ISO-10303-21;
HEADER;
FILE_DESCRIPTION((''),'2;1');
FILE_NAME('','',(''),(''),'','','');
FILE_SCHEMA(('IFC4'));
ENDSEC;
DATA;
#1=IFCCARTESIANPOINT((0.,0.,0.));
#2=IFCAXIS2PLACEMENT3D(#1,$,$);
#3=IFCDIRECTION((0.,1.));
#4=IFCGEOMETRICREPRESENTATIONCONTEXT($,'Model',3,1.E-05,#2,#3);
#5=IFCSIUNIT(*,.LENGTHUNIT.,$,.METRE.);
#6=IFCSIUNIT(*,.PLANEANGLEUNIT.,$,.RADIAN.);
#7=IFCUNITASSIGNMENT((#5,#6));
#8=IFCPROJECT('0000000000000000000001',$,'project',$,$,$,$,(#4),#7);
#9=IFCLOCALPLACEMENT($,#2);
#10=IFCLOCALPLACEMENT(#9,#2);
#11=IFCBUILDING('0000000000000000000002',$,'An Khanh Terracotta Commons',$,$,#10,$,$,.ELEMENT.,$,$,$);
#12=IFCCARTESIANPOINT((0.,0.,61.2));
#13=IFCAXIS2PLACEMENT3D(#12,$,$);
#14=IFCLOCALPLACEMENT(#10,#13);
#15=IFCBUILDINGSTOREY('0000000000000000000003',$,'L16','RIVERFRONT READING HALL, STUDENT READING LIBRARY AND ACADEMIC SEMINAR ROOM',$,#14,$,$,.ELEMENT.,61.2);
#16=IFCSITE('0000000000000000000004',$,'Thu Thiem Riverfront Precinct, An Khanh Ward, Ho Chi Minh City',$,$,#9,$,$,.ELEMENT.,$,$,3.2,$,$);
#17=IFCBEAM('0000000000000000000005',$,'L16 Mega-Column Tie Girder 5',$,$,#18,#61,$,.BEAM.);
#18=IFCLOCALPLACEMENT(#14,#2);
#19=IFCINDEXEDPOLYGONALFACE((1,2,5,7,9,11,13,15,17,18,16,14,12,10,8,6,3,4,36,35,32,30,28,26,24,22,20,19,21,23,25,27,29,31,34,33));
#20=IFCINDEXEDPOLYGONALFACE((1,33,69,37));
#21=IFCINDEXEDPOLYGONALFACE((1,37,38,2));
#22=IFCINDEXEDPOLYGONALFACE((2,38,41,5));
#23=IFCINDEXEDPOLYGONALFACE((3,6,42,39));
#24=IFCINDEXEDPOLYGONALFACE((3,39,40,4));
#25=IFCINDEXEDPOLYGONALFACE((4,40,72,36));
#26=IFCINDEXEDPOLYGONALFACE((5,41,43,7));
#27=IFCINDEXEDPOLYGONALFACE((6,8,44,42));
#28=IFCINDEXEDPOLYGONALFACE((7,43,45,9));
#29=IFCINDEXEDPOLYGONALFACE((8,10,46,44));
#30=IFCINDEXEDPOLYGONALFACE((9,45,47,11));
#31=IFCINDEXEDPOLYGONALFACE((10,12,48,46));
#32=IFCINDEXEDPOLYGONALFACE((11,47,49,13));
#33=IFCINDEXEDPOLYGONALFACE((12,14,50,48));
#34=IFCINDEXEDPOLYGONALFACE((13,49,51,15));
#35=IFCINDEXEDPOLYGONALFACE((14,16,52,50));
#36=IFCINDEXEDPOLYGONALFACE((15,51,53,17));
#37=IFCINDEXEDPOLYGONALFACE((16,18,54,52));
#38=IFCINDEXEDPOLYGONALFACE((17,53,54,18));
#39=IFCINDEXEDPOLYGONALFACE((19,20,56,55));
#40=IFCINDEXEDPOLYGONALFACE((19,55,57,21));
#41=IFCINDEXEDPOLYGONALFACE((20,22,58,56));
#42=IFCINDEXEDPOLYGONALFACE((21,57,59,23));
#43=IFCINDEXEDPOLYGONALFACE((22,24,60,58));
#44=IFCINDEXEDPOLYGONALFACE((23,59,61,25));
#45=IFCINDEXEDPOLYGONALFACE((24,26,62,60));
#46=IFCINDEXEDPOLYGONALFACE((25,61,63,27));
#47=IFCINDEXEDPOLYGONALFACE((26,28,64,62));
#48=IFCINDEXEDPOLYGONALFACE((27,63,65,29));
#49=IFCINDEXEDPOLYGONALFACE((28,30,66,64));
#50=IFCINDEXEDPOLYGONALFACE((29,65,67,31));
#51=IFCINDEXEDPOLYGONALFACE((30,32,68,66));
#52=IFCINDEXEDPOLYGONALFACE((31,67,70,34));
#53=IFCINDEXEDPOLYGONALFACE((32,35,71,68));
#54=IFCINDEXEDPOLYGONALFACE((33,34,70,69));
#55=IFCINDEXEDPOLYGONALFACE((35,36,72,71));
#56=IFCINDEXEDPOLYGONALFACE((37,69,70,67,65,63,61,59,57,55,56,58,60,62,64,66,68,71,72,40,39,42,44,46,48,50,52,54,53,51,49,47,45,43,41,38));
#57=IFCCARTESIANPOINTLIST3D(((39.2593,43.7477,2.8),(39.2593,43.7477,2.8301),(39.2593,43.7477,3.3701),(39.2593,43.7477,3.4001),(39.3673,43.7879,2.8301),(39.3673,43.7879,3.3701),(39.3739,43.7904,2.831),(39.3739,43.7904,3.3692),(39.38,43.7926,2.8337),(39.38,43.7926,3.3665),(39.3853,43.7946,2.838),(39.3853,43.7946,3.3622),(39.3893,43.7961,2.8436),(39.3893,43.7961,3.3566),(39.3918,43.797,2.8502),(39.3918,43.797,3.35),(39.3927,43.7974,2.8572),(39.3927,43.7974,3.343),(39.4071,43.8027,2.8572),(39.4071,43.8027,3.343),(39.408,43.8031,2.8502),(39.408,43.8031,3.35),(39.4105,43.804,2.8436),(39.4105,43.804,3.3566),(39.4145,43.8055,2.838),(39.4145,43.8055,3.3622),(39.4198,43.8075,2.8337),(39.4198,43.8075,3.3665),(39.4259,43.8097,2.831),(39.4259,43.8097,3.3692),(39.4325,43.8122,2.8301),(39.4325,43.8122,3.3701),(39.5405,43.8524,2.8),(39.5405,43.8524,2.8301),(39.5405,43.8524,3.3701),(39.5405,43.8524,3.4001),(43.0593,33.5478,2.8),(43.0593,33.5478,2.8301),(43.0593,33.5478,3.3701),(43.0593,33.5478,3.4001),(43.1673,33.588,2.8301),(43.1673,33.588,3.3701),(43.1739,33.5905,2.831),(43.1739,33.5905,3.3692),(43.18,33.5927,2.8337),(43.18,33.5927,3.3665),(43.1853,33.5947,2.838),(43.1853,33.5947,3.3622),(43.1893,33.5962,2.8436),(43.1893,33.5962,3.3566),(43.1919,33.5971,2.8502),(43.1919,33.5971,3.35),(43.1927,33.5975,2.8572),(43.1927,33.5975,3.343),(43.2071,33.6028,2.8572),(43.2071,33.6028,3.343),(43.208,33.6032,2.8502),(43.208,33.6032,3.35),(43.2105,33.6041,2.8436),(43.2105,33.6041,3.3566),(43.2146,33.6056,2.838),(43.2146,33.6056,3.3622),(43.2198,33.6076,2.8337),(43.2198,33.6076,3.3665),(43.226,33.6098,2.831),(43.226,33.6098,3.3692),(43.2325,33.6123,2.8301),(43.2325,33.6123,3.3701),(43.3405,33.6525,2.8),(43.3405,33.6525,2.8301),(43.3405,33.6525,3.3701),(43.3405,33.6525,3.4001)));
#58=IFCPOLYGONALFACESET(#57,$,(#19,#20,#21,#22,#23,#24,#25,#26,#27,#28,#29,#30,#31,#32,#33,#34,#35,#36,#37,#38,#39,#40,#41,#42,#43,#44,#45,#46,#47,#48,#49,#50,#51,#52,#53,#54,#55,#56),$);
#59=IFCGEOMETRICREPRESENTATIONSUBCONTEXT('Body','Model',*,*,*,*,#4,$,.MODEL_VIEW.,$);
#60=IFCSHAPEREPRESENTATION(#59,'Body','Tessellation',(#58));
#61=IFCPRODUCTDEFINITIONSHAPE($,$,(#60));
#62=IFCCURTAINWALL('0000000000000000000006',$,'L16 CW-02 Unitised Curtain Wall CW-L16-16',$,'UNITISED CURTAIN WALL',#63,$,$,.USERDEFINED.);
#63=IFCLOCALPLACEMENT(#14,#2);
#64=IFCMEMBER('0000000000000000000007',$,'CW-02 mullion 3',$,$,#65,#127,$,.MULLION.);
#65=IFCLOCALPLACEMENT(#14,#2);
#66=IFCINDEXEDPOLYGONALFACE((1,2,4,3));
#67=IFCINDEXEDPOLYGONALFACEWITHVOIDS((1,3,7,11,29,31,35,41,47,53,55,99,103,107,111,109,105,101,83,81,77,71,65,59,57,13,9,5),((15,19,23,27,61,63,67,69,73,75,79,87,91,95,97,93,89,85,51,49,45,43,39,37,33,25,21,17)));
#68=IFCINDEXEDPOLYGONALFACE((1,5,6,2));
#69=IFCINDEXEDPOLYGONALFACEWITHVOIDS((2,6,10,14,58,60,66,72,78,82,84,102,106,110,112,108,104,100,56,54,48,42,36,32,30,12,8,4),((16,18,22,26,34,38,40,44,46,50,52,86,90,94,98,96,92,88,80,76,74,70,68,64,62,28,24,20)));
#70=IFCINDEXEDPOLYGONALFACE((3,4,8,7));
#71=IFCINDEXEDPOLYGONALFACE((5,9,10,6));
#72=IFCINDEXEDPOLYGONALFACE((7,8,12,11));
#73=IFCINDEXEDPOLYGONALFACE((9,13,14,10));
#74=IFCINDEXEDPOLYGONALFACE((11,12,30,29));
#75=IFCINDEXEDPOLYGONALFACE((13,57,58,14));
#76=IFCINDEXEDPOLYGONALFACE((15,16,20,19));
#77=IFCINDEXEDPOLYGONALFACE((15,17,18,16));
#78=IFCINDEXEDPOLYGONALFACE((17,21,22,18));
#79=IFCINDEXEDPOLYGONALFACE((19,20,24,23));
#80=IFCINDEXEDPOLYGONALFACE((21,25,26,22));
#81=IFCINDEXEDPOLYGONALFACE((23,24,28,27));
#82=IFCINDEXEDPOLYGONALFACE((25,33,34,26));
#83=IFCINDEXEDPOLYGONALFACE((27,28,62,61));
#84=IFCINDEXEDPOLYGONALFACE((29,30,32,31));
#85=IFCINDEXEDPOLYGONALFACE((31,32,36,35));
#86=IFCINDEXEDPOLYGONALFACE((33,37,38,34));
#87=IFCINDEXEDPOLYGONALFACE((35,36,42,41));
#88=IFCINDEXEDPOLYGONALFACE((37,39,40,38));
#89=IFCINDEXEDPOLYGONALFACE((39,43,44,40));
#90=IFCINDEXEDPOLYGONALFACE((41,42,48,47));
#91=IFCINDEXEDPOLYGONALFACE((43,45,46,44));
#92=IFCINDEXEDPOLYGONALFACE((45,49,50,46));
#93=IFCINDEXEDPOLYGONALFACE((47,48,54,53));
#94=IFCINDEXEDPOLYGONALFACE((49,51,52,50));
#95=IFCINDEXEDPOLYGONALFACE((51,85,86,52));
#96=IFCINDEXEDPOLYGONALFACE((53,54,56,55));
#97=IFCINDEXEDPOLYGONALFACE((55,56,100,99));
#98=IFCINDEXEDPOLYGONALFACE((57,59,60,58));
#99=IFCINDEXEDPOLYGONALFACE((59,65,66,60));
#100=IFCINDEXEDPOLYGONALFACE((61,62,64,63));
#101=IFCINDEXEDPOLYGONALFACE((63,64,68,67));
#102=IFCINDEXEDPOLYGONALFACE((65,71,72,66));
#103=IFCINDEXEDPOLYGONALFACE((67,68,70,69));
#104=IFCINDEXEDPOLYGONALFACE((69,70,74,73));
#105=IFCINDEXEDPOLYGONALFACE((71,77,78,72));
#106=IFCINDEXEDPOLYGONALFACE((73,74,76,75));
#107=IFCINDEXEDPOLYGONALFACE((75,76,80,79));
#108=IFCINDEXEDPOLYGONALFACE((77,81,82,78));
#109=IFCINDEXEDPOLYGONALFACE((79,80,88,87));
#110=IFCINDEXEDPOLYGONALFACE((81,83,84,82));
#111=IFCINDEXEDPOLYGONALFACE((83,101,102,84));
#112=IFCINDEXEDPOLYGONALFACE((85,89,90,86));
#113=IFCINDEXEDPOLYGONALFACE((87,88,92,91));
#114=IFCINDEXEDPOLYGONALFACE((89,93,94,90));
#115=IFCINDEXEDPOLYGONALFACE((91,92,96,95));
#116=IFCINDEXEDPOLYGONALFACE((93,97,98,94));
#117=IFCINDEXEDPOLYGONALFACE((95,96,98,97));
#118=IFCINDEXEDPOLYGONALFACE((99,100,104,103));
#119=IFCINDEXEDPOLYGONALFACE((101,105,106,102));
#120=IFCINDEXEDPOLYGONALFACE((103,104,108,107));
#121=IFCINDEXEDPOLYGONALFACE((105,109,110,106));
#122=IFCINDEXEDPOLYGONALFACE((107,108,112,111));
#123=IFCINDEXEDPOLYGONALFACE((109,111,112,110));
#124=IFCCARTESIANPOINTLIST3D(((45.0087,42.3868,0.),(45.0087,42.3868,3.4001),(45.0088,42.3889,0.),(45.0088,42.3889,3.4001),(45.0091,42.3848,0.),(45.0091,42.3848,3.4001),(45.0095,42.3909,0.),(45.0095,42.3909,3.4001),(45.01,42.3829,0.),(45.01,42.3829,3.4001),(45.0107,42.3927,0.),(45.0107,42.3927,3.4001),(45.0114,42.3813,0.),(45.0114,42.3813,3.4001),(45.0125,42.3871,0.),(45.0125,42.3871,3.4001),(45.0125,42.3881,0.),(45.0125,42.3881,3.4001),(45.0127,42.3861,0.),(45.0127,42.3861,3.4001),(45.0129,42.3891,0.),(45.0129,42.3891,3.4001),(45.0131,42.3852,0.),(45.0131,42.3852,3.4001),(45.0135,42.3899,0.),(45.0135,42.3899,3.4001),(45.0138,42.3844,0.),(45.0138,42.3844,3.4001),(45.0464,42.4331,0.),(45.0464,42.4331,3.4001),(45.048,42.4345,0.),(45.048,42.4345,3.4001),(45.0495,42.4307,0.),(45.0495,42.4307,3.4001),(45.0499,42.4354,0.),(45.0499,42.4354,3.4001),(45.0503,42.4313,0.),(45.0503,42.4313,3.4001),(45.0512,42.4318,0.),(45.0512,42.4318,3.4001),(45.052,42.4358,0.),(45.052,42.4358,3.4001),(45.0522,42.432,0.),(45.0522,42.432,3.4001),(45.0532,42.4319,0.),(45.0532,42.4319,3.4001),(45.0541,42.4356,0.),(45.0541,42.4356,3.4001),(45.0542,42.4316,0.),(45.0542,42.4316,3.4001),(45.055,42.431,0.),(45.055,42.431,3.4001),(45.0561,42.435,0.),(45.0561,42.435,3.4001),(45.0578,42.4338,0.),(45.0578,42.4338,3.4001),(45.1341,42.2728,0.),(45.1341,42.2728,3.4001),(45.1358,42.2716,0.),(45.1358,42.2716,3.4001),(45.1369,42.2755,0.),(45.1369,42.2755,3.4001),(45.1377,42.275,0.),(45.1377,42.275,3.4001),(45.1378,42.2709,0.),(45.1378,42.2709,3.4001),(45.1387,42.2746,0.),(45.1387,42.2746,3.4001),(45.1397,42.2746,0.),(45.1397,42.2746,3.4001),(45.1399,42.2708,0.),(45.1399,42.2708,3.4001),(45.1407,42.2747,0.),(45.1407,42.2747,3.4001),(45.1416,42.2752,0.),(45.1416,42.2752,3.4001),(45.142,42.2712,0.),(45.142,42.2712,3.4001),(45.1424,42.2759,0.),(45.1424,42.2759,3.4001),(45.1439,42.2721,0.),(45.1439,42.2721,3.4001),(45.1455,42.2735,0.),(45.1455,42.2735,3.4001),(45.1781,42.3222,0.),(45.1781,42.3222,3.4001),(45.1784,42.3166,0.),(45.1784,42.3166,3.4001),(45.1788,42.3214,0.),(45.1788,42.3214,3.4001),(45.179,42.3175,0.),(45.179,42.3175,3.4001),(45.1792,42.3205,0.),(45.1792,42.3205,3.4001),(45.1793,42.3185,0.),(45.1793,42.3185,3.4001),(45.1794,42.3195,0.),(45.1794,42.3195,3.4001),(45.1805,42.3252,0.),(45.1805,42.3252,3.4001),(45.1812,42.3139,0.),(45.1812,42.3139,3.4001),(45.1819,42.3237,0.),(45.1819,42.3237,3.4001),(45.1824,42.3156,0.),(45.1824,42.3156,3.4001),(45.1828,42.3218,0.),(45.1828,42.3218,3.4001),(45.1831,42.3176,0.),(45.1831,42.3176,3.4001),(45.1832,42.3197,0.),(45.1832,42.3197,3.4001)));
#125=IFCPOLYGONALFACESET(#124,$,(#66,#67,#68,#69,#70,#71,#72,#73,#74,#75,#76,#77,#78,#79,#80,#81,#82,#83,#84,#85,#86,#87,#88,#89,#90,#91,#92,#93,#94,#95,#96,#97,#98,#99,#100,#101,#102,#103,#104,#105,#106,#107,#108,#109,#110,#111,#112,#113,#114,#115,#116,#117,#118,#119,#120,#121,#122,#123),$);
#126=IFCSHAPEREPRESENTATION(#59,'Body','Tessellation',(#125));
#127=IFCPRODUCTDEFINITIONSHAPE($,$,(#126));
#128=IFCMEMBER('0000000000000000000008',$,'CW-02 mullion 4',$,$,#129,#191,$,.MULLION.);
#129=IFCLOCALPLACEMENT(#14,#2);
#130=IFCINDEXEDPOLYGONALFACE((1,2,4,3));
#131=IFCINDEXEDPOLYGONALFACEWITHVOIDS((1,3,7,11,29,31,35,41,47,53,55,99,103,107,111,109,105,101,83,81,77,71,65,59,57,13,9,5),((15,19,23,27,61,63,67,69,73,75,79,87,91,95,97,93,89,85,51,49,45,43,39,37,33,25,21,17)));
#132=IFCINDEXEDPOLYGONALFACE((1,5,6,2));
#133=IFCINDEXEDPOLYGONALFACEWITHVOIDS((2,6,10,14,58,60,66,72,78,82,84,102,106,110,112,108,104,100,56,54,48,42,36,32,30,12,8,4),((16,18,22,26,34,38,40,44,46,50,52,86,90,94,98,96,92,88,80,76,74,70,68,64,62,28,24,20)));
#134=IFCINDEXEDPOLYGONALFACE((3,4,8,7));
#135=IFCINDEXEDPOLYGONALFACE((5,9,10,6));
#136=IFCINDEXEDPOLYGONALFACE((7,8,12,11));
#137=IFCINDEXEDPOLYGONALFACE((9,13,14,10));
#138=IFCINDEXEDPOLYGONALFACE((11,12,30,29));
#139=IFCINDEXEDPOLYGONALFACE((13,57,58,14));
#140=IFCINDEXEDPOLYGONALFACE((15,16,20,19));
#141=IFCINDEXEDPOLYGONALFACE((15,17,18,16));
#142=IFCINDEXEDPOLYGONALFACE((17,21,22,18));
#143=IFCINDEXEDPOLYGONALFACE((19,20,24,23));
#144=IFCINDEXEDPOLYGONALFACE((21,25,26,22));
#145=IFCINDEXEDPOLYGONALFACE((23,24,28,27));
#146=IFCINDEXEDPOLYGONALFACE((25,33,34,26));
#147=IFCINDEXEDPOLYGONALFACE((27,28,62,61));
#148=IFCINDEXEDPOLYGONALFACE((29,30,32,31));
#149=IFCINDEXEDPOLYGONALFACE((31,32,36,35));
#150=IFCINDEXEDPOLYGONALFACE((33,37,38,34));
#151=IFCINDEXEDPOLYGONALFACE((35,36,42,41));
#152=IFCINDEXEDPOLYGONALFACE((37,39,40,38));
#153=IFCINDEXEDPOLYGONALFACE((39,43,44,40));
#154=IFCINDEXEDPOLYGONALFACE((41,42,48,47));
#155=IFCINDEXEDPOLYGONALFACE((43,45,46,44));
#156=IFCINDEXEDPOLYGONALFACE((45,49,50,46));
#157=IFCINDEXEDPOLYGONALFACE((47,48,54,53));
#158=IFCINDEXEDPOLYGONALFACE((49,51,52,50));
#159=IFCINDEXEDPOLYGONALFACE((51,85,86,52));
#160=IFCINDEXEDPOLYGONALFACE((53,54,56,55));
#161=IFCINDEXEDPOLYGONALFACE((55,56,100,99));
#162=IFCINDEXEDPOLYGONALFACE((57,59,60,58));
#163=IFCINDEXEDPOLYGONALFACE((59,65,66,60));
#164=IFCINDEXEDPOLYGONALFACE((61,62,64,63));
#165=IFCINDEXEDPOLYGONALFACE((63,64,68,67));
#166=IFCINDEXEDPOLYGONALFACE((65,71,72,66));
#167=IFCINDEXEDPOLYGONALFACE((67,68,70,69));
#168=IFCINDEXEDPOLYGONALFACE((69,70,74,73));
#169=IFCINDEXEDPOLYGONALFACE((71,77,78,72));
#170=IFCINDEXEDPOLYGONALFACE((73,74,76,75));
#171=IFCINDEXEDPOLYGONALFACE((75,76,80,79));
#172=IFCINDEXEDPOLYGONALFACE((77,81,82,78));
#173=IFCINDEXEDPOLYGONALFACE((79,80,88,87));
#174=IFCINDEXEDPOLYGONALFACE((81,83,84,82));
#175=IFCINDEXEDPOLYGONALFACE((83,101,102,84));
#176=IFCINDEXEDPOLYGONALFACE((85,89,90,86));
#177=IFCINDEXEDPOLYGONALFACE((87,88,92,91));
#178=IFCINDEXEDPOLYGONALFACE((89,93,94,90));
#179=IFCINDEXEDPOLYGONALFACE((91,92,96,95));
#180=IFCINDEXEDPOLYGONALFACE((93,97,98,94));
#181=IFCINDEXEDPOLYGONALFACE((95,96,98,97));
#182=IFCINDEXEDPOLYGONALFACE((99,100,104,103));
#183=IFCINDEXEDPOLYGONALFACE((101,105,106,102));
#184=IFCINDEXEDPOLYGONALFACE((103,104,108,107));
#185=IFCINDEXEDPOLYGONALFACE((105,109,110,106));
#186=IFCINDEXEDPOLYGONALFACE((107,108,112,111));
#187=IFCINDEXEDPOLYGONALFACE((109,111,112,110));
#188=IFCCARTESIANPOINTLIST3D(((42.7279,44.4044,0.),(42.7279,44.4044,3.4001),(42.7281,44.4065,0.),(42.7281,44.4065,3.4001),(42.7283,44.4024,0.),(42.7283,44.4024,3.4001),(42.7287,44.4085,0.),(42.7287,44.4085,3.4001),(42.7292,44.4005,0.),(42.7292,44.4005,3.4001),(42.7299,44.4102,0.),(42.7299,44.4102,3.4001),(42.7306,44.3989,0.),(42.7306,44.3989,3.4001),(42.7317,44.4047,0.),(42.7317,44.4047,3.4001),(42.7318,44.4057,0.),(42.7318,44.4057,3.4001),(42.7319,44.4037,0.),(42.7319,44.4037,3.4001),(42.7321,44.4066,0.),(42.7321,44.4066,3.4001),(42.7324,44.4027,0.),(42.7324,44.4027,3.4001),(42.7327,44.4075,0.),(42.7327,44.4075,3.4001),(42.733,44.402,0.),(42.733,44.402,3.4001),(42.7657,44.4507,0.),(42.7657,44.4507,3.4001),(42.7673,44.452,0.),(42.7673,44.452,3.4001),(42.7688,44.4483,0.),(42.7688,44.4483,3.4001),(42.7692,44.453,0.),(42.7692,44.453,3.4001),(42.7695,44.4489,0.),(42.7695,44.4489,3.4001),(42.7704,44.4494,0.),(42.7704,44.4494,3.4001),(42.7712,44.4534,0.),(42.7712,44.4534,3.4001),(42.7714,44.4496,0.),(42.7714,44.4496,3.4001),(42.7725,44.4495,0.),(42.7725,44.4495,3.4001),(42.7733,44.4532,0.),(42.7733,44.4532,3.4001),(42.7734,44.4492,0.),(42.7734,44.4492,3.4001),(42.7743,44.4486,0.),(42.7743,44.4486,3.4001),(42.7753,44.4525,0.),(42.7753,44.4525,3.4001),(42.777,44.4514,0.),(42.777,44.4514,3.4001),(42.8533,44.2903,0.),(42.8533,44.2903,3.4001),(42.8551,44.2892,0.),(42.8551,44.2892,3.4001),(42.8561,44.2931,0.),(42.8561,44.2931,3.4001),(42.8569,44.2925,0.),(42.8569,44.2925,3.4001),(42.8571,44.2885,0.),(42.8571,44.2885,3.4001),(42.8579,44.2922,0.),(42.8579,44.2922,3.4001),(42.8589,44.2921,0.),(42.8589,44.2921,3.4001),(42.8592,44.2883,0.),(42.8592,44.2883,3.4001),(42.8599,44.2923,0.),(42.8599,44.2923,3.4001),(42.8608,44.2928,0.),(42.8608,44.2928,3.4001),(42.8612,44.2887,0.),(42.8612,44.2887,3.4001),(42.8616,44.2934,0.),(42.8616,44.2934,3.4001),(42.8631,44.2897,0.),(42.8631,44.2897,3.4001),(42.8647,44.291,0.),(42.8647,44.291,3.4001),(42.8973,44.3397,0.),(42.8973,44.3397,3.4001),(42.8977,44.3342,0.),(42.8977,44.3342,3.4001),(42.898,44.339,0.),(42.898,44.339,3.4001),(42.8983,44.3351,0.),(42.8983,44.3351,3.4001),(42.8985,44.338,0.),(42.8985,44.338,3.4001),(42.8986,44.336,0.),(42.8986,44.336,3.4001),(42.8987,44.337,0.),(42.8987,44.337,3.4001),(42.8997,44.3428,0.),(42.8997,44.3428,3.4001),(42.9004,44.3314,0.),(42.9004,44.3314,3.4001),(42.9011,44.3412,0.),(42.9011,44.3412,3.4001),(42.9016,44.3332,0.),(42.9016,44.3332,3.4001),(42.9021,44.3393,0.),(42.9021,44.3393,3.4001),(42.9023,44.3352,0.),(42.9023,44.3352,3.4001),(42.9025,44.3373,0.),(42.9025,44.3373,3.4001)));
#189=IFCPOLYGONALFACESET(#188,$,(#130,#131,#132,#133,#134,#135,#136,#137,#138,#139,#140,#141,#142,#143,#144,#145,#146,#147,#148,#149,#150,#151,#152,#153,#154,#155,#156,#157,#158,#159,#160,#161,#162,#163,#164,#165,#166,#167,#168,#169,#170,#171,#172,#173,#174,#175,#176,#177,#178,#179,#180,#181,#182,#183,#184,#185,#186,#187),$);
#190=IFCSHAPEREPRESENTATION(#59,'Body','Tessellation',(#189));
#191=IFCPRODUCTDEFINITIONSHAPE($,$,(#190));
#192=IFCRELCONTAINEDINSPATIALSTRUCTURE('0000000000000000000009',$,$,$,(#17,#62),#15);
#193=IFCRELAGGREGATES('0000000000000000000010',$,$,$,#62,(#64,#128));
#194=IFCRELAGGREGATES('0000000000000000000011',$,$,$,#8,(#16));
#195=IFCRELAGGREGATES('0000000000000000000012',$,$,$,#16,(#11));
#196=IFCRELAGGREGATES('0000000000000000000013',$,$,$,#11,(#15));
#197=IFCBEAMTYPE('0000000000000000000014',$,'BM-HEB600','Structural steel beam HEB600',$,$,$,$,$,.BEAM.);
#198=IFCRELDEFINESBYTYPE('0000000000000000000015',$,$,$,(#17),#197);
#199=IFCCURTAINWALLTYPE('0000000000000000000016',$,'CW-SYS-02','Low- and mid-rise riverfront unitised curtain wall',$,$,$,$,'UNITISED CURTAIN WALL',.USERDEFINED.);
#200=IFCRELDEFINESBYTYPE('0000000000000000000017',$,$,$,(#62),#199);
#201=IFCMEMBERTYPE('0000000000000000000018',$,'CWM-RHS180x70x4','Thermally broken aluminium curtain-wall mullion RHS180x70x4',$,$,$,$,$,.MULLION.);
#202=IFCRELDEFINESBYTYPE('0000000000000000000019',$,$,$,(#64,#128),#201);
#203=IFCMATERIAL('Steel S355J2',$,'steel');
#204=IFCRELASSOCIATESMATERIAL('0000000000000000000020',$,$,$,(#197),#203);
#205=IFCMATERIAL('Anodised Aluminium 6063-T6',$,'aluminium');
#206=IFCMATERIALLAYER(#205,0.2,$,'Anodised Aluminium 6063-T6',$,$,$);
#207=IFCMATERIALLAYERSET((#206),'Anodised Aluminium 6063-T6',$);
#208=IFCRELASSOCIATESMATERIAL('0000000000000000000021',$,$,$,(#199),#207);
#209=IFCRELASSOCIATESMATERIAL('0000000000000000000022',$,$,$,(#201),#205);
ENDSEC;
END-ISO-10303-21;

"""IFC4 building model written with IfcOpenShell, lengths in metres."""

from ifc_helpers import new_model, si_unit, direction, frame, origin, origin_2d, place, context, subcontext, project, spatial, hollow_rectangle, i_section, extrude, material, layer, layer_set, material_profile, profile_set, type_object, element, aggregate, save


model = new_model("IFC4")

# Units and contexts
model_context = context("Model", 3, precision=1e-05, world=origin(), true_north=direction((0.0, 1.0)))
body_context = subcontext(model_context, "Body", "Model", "MODEL_VIEW")
ifc_project = project(units=[si_unit("LENGTHUNIT", "METRE"), si_unit("PLANEANGLEUNIT", "RADIAN")], contexts=[model_context])

# Site, building, storey
site_placement = place(None, origin())
site = spatial("IfcSite", under=ifc_project, at=site_placement, Name="Thu Thiem Riverfront Precinct, An Khanh Ward, Ho Chi Minh City", CompositionType="ELEMENT", RefElevation=3.2)
building_placement = place(site_placement, origin())
building = spatial("IfcBuilding", under=site, at=building_placement, Name="An Khanh Terracotta Commons", CompositionType="ELEMENT")
storey_placement = place(building_placement, frame((0.0, 0.0, 61.2)))
storey = spatial("IfcBuildingStorey", under=building, at=storey_placement, Name="L16", Description="RIVERFRONT READING HALL, STUDENT READING LIBRARY AND ACADEMIC SEMINAR ROOM", CompositionType="ELEMENT", Elevation=61.2)

# Beam
ifc_material_1 = material(Name="Steel S355J2", Category="steel")
ifc_material_profile_1 = material_profile(ifc_material_1, i_section(OverallWidth=0.3, OverallDepth=0.6001, WebThickness=0.0154, FlangeThickness=0.03, FilletRadius=0.0271, at=origin_2d()), Name="HEB600")
ifc_profile_set_1 = profile_set([ifc_material_profile_1], Name="Steel S355J2")
beam_type_1 = type_object("IfcBeamType", Name="BM-HEB600", Description="Structural steel beam HEB600", PredefinedType="BEAM", material=ifc_profile_set_1)
beam_1_placement = place(storey_placement, frame((39.3999, 43.8, 3.1001), z_axis=(0.349114, -0.93708, 0.0), x_axis=(0.93708, 0.349114, 0.0)))
element("IfcBeam", 1, at=beam_1_placement, inside=storey, type_object=beam_type_1, Name="L16 Mega-Column Tie Girder 5", PredefinedType="BEAM", context=body_context, shape_type="SweptSolid", body=[
    extrude(i_section(OverallWidth=0.3, OverallDepth=0.6001, WebThickness=0.0154, FlangeThickness=0.03, FilletRadius=0.0271, at=origin_2d()), origin(), (0.0, 0.0, 1.0), 10.8848),
])

# Curtain wall, members
ifc_material_2 = material(Name="Anodised Aluminium 6063-T6", Category="aluminium")
ifc_layer_1 = layer(ifc_material_2, 0.2, Name="Anodised Aluminium 6063-T6")
ifc_layer_set_1 = layer_set([ifc_layer_1], Name="Anodised Aluminium 6063-T6")
curtain_wall_type = type_object("IfcCurtainWallType", Name="CW-SYS-02", Description="Low- and mid-rise riverfront unitised curtain wall", ElementType="UNITISED CURTAIN WALL", PredefinedType="USERDEFINED", material=ifc_layer_set_1)
curtain_wall_placement = place(storey_placement, origin())
curtain_wall = element("IfcCurtainWall", 2, at=curtain_wall_placement, inside=storey, type_object=curtain_wall_type, Name="L16 CW-02 Unitised Curtain Wall CW-L16-16", ObjectType="UNITISED CURTAIN WALL", PredefinedType="USERDEFINED")
ifc_material_profile_2 = material_profile(ifc_material_2, hollow_rectangle(XDim=0.0701, YDim=0.1799, WallThickness=0.0039, InnerFilletRadius=0.0039, OuterFilletRadius=0.0081, at=origin_2d()), Name="RHS180x70x4")
ifc_profile_set_2 = profile_set([ifc_material_profile_2], Name="Anodised Aluminium 6063-T6")
member_type_1 = type_object("IfcMemberType", Name="CWM-RHS180x70x4", Description="Thermally broken aluminium curtain-wall mullion RHS180x70x4", PredefinedType="MULLION", material=ifc_profile_set_2)
member_1_placement = place(storey_placement, frame((45.0959, 42.3533, 0.0), z_axis=(0.0, 0.0, 1.0), x_axis=(-0.662548, -0.749019, 0.0)))
member_1 = element("IfcMember", 3, at=member_1_placement, type_object=member_type_1, Name="CW-02 mullion 3", PredefinedType="MULLION", context=body_context, shape_type="SweptSolid", body=[
    extrude(hollow_rectangle(XDim=0.0701, YDim=0.1799, WallThickness=0.0039, InnerFilletRadius=0.0039, OuterFilletRadius=0.0081, at=origin_2d()), origin(), (0.0, 0.0, 1.0), 3.4001),
])
member_2_placement = place(storey_placement, frame((42.8152, 44.3708, 0.0), z_axis=(0.0, 0.0, 1.0), x_axis=(-0.662548, -0.749019, 0.0)))
member_2 = element("IfcMember", 4, at=member_2_placement, type_object=member_type_1, Name="CW-02 mullion 4", PredefinedType="MULLION", context=body_context, shape_type="SweptSolid", body=[
    extrude(hollow_rectangle(XDim=0.0701, YDim=0.1799, WallThickness=0.0039, InnerFilletRadius=0.0039, OuterFilletRadius=0.0081, at=origin_2d()), origin(), (0.0, 0.0, 1.0), 3.4001),
])
aggregate(curtain_wall, [member_1, member_2])

save(model, "model.ifc")
